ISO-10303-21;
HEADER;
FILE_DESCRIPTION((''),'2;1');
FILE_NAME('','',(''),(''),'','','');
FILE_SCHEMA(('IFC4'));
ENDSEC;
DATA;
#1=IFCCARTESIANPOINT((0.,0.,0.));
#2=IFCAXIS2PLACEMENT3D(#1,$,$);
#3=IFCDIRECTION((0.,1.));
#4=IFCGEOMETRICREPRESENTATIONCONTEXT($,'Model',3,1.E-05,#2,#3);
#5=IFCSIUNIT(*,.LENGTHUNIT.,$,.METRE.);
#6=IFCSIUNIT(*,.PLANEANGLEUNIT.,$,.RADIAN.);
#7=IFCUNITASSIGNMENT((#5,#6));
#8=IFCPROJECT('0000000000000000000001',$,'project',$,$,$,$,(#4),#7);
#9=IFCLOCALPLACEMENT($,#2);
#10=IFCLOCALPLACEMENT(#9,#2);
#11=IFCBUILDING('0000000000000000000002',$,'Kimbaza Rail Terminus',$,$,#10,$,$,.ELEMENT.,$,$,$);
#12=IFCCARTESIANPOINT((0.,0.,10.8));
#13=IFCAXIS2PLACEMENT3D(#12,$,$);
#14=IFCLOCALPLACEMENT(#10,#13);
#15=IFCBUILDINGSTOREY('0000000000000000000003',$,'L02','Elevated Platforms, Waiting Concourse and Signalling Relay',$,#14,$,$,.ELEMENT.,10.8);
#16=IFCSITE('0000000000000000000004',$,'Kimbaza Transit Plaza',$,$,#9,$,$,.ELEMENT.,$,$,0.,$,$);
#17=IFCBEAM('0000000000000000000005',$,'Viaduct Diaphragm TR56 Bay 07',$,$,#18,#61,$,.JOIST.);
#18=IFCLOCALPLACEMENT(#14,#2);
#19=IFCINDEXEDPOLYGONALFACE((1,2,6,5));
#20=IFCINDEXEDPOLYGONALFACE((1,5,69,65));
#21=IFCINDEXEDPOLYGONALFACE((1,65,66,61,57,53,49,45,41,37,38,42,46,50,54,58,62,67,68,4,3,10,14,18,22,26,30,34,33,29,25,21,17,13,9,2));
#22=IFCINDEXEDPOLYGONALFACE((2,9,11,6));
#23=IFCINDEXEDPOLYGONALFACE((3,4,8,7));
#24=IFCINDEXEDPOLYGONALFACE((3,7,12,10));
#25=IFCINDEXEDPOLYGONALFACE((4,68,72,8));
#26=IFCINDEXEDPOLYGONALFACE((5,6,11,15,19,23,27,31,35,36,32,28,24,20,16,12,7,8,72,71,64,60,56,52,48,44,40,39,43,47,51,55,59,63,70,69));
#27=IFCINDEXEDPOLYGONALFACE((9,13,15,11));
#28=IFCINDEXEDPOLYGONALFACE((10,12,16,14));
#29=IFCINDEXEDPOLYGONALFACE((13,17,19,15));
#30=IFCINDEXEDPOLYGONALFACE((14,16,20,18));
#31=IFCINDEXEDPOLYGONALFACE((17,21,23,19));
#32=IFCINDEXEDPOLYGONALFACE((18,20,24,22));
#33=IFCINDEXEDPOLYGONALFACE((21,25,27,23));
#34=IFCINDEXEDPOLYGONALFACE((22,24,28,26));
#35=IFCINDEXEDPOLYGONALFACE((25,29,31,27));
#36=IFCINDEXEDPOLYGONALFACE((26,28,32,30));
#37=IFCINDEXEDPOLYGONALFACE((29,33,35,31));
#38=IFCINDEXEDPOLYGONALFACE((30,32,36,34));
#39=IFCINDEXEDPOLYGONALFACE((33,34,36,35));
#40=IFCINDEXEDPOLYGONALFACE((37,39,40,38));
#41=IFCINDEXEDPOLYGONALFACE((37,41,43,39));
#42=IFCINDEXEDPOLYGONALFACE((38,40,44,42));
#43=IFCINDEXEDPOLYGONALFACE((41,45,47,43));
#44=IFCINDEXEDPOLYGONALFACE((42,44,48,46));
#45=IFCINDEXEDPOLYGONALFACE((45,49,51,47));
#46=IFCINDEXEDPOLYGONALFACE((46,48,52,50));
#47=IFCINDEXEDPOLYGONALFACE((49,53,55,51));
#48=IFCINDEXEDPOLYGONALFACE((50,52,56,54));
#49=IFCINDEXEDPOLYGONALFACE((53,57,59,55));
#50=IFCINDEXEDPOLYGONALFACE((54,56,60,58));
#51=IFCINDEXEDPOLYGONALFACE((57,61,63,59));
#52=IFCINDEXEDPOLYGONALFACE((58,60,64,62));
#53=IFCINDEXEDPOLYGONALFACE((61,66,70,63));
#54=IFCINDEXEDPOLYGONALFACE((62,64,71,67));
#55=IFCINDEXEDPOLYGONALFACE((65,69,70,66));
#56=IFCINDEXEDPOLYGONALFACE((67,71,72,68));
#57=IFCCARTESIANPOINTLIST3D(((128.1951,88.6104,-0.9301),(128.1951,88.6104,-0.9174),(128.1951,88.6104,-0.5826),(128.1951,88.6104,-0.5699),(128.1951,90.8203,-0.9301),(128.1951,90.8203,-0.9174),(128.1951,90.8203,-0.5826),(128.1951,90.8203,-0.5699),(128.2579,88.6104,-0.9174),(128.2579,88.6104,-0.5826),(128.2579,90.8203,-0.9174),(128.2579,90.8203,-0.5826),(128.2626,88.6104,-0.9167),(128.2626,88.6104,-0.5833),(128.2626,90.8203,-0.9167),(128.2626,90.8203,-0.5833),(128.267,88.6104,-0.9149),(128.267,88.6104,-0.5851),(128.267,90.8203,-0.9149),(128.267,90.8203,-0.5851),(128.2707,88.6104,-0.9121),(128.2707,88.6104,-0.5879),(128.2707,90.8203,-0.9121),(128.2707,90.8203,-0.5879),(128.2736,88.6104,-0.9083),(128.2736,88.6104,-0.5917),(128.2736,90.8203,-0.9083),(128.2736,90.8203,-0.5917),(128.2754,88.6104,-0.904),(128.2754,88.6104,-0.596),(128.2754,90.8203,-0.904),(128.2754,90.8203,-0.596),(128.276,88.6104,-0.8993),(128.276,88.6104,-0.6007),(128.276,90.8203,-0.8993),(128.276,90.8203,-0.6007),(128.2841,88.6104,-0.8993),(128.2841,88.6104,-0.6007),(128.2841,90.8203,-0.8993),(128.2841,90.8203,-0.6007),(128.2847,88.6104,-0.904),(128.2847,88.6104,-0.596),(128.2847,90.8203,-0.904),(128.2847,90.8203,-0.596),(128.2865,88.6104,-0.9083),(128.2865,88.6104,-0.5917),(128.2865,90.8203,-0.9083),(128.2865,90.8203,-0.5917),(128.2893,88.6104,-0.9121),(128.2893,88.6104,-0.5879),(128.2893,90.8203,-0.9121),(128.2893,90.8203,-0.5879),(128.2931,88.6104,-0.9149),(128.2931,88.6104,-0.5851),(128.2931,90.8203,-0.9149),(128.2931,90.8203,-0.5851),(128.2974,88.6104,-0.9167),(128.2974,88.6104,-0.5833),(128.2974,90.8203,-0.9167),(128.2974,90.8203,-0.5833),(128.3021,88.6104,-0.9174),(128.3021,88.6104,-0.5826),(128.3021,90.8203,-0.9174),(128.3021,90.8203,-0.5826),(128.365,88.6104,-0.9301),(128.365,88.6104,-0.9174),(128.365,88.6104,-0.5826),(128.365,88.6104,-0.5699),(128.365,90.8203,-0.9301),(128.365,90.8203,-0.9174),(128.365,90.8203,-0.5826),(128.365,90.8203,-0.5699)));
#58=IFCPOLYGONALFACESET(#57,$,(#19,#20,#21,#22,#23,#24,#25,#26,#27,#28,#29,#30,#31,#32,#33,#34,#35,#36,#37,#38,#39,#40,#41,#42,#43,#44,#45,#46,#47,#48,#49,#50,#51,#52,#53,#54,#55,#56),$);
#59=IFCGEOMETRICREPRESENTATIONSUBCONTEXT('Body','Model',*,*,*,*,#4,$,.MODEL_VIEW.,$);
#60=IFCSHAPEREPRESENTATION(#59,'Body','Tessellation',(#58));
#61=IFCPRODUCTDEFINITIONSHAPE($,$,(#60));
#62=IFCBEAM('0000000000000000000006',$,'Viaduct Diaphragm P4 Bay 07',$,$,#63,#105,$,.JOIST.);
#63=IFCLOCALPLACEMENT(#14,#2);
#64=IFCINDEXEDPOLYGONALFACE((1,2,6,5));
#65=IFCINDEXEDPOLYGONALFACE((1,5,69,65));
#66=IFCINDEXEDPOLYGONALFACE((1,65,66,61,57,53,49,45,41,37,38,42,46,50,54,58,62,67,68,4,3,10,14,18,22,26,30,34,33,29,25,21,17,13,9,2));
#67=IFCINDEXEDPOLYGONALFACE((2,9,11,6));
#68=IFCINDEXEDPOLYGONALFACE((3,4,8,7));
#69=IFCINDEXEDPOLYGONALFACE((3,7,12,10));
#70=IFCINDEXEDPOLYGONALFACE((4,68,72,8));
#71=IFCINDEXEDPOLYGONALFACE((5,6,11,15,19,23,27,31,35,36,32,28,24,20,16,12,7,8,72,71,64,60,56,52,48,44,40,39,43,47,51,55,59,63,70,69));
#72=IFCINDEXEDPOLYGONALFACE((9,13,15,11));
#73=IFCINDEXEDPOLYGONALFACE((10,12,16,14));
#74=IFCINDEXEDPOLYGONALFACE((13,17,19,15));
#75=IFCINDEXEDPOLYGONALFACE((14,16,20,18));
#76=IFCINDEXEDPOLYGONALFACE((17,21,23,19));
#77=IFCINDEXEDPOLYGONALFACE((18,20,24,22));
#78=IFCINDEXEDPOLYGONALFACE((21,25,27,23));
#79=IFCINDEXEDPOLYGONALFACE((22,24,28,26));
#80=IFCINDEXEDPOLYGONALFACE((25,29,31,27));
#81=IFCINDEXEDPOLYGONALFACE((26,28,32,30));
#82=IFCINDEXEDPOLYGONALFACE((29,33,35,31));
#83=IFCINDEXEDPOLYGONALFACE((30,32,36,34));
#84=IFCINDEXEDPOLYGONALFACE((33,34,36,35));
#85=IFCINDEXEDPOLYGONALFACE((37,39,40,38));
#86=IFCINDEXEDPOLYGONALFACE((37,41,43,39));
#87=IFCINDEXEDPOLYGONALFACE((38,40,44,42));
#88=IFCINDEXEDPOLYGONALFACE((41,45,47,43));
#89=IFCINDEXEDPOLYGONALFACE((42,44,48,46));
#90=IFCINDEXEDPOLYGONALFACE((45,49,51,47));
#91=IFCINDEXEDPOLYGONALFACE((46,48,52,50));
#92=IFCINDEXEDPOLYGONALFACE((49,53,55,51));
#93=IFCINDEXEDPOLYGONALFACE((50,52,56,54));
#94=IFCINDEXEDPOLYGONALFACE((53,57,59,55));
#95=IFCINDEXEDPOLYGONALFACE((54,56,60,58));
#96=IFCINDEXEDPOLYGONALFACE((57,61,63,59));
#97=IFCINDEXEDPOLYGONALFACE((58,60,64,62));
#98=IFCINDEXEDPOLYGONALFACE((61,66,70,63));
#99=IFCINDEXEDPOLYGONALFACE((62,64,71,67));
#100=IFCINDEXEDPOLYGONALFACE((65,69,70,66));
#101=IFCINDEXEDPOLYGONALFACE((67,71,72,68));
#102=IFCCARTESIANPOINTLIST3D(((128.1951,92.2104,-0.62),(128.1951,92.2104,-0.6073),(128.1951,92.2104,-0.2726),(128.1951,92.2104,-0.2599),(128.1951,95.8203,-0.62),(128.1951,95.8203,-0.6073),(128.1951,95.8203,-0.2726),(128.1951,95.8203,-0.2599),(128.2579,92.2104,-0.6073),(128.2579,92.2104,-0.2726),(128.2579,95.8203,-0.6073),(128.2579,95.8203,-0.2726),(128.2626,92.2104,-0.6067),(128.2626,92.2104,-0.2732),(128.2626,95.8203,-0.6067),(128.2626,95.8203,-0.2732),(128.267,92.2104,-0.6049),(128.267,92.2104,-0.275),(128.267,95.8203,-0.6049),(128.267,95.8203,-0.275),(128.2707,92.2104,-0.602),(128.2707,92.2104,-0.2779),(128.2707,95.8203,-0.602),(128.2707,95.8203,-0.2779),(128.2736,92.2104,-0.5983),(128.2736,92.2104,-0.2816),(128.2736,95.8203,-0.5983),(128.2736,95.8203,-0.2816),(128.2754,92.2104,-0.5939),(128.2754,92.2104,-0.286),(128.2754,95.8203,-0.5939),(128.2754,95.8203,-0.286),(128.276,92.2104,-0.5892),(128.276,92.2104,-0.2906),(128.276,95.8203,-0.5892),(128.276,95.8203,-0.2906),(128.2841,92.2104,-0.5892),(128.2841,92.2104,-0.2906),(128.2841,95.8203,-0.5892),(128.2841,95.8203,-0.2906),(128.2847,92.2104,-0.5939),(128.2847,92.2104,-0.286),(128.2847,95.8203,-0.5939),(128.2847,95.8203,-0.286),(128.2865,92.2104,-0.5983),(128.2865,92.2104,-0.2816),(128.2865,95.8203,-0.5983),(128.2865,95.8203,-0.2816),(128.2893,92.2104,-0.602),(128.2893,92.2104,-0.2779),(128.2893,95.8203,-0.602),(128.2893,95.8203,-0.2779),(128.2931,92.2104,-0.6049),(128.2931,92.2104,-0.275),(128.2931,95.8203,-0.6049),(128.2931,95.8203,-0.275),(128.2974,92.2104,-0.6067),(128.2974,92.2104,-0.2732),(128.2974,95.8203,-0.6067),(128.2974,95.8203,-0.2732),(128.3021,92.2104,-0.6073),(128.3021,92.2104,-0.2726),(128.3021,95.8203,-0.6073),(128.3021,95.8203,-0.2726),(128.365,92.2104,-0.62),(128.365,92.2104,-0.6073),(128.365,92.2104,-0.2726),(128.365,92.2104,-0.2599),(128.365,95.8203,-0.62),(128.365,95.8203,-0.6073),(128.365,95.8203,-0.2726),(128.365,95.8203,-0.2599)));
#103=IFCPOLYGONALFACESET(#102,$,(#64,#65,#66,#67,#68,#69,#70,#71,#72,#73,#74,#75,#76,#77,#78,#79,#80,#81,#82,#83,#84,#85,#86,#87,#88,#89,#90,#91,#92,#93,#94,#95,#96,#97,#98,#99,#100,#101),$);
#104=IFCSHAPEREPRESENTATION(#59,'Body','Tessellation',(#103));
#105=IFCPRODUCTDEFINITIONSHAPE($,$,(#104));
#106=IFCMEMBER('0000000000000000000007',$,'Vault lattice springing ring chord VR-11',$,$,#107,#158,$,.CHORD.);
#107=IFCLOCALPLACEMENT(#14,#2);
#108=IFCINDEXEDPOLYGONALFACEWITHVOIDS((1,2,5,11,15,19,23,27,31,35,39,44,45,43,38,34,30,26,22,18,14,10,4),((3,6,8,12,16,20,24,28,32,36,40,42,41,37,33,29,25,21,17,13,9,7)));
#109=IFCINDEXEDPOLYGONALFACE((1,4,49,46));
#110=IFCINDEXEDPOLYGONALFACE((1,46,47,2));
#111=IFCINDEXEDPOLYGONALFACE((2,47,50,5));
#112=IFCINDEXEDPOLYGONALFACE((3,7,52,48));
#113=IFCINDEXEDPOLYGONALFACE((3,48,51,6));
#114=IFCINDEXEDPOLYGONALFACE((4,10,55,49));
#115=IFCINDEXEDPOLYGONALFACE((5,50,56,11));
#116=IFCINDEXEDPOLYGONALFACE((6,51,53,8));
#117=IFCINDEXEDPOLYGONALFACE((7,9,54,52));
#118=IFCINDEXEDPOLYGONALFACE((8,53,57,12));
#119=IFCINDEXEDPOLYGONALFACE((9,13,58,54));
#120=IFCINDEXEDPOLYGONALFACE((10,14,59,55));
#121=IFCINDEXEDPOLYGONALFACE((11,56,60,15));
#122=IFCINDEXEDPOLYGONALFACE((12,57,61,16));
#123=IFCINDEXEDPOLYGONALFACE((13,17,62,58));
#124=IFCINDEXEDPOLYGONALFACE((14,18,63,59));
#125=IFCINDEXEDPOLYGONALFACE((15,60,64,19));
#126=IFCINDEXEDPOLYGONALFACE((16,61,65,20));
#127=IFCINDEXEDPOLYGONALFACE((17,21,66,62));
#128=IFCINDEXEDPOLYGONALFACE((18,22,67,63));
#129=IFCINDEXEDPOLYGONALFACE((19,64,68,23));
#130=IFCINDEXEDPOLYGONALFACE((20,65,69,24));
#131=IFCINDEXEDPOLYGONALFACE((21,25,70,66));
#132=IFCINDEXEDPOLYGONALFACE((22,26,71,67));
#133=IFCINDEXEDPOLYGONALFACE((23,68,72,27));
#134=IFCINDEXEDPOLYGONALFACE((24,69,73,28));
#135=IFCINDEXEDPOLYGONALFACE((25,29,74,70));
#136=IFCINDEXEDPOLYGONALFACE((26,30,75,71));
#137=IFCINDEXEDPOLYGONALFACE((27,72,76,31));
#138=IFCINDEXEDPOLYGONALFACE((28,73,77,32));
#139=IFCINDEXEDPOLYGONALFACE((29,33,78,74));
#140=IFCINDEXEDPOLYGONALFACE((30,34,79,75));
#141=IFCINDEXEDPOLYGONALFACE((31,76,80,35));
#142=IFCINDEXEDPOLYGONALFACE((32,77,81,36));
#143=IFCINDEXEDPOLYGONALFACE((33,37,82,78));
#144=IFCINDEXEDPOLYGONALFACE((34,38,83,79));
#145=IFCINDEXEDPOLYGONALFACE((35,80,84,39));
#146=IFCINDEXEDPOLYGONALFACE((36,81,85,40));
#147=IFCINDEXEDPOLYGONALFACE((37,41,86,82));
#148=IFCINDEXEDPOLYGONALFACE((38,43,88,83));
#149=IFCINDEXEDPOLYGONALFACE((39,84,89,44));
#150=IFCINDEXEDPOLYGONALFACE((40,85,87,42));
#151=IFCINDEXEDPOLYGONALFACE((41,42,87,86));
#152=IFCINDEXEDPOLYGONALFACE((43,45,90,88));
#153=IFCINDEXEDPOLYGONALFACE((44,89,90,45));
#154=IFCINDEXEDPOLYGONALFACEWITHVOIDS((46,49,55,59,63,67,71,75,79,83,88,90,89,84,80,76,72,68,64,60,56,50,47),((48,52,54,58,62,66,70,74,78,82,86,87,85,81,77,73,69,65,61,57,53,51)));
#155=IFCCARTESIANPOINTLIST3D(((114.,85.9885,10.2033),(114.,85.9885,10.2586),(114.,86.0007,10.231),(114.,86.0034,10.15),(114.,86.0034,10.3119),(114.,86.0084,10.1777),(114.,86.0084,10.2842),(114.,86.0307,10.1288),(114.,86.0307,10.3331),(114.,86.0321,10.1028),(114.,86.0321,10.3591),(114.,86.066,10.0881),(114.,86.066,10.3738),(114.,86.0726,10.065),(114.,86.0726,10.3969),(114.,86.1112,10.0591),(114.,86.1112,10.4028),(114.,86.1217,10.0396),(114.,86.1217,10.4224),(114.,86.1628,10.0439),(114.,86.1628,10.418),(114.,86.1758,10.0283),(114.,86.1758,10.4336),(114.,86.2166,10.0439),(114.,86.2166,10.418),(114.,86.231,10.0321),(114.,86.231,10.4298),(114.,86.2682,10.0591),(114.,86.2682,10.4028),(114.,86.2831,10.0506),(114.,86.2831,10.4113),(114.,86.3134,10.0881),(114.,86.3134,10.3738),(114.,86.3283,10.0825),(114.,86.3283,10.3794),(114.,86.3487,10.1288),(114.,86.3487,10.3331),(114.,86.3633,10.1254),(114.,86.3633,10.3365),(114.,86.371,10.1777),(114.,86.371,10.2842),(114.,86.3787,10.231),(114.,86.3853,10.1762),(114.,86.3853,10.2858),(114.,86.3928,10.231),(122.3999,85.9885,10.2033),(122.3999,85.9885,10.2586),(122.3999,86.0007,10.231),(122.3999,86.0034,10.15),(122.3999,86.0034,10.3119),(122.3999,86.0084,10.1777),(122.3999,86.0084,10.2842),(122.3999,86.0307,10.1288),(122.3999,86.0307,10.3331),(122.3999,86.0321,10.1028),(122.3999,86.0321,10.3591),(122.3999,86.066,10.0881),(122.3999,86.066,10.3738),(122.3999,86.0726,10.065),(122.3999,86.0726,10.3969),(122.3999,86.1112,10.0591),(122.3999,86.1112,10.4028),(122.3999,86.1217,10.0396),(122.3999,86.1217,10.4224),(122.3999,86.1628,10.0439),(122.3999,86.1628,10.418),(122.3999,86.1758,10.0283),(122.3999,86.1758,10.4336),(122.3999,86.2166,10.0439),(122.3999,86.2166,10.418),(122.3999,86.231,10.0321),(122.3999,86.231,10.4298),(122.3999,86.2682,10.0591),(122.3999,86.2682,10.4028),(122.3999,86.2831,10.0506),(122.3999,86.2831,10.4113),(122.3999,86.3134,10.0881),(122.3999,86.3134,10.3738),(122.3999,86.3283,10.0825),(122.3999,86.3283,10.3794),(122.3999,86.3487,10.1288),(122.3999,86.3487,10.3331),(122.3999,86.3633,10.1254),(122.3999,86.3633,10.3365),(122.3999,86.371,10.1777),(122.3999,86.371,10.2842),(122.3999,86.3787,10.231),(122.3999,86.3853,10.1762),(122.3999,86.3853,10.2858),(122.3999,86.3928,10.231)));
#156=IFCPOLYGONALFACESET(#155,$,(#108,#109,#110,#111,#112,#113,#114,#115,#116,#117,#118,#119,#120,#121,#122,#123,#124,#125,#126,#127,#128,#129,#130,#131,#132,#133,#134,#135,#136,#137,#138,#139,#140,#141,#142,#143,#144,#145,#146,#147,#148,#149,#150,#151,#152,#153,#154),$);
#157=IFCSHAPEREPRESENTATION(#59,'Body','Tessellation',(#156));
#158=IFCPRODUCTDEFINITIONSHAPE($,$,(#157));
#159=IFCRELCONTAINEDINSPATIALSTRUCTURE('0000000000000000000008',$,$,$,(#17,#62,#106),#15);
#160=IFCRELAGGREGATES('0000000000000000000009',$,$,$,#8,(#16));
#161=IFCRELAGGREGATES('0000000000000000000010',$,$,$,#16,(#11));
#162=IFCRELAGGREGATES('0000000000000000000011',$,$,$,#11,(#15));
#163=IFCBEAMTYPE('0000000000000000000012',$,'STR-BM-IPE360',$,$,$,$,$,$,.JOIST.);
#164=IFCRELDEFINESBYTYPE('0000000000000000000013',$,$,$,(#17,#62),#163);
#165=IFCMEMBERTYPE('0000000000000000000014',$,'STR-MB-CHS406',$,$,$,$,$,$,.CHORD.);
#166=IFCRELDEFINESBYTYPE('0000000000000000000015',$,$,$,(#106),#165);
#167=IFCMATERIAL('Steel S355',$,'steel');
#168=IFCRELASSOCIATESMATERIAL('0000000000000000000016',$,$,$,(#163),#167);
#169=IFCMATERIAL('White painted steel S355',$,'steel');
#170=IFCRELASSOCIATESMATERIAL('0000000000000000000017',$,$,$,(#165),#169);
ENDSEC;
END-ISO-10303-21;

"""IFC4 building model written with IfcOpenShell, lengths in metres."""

from ifc_helpers import new_model, si_unit, direction, frame, origin, origin_2d, place, context, subcontext, project, spatial, hollow_circle, i_section, extrude, material, material_profile, profile_set, type_object, element, save


model = new_model("IFC4")

# Units and contexts
model_context = context("Model", 3, precision=1e-05, world=origin(), true_north=direction((0.0, 1.0)))
body_context = subcontext(model_context, "Body", "Model", "MODEL_VIEW")
ifc_project = project(units=[si_unit("LENGTHUNIT", "METRE"), si_unit("PLANEANGLEUNIT", "RADIAN")], contexts=[model_context])

# Site, building, storey
site_placement = place(None, origin())
site = spatial("IfcSite", under=ifc_project, at=site_placement, Name="Kimbaza Transit Plaza", CompositionType="ELEMENT", RefElevation=0.0)
building_placement = place(site_placement, origin())
building = spatial("IfcBuilding", under=site, at=building_placement, Name="Kimbaza Rail Terminus", CompositionType="ELEMENT")
storey_placement = place(building_placement, frame((0.0, 0.0, 10.8)))
storey = spatial("IfcBuildingStorey", under=building, at=storey_placement, Name="L02", Description="Elevated Platforms, Waiting Concourse and Signalling Relay", CompositionType="ELEMENT", Elevation=10.8)

# Beams
ifc_material_1 = material(Name="Steel S355", Category="steel")
ifc_material_profile_1 = material_profile(ifc_material_1, i_section(OverallWidth=0.1699, OverallDepth=0.3601, WebThickness=0.0081, FlangeThickness=0.0127, FilletRadius=0.0181, at=origin_2d()), Name="IPE 360")
ifc_profile_set_1 = profile_set([ifc_material_profile_1], Name="Steel S355")
beam_type_1 = type_object("IfcBeamType", Name="STR-BM-IPE360", PredefinedType="JOIST", material=ifc_profile_set_1)
beam_1_placement = place(storey_placement, frame((128.28, 88.6104, -0.75), z_axis=(0.0, 1.0, 0.0), x_axis=(-1.0, 0.0, 0.0)))
element("IfcBeam", 1, at=beam_1_placement, inside=storey, type_object=beam_type_1, Name="Viaduct Diaphragm TR56 Bay 07", PredefinedType="JOIST", context=body_context, shape_type="SweptSolid", body=[
    extrude(i_section(OverallWidth=0.1699, OverallDepth=0.3601, WebThickness=0.0081, FlangeThickness=0.0127, FilletRadius=0.0181, at=origin_2d()), origin(), (0.0, 0.0, 1.0), 2.21),
])
beam_2_placement = place(storey_placement, frame((128.28, 92.2104, -0.4399), z_axis=(0.0, 1.0, 0.0), x_axis=(-1.0, 0.0, 0.0)))
element("IfcBeam", 2, at=beam_2_placement, inside=storey, type_object=beam_type_1, Name="Viaduct Diaphragm P4 Bay 07", PredefinedType="JOIST", context=body_context, shape_type="SweptSolid", body=[
    extrude(i_section(OverallWidth=0.1699, OverallDepth=0.3601, WebThickness=0.0081, FlangeThickness=0.0127, FilletRadius=0.0181, at=origin_2d()), origin(), (0.0, 0.0, 1.0), 3.6099),
])

# Member
ifc_material_2 = material(Name="White painted steel S355", Category="steel")
ifc_material_profile_2 = material_profile(ifc_material_2, hollow_circle(Radius=0.2031, WallThickness=0.0142, at=origin_2d()), Name="CHS 406.4x14.2")
ifc_profile_set_2 = profile_set([ifc_material_profile_2], Name="White painted steel S355")
member_type_1 = type_object("IfcMemberType", Name="STR-MB-CHS406", PredefinedType="CHORD", material=ifc_profile_set_2)
member_1_placement = place(storey_placement, frame((114.0, 86.1897, 10.231), z_axis=(1.0, 0.0, 0.0), x_axis=(0.0, 1.0, 0.0)))
element("IfcMember", 3, at=member_1_placement, inside=storey, type_object=member_type_1, Name="Vault lattice springing ring chord VR-11", PredefinedType="CHORD", context=body_context, shape_type="SweptSolid", body=[
    extrude(hollow_circle(Radius=0.2031, WallThickness=0.0142, at=origin_2d()), origin(), (0.0, 0.0, 1.0), 8.3999),
])

save(model, "model.ifc")
